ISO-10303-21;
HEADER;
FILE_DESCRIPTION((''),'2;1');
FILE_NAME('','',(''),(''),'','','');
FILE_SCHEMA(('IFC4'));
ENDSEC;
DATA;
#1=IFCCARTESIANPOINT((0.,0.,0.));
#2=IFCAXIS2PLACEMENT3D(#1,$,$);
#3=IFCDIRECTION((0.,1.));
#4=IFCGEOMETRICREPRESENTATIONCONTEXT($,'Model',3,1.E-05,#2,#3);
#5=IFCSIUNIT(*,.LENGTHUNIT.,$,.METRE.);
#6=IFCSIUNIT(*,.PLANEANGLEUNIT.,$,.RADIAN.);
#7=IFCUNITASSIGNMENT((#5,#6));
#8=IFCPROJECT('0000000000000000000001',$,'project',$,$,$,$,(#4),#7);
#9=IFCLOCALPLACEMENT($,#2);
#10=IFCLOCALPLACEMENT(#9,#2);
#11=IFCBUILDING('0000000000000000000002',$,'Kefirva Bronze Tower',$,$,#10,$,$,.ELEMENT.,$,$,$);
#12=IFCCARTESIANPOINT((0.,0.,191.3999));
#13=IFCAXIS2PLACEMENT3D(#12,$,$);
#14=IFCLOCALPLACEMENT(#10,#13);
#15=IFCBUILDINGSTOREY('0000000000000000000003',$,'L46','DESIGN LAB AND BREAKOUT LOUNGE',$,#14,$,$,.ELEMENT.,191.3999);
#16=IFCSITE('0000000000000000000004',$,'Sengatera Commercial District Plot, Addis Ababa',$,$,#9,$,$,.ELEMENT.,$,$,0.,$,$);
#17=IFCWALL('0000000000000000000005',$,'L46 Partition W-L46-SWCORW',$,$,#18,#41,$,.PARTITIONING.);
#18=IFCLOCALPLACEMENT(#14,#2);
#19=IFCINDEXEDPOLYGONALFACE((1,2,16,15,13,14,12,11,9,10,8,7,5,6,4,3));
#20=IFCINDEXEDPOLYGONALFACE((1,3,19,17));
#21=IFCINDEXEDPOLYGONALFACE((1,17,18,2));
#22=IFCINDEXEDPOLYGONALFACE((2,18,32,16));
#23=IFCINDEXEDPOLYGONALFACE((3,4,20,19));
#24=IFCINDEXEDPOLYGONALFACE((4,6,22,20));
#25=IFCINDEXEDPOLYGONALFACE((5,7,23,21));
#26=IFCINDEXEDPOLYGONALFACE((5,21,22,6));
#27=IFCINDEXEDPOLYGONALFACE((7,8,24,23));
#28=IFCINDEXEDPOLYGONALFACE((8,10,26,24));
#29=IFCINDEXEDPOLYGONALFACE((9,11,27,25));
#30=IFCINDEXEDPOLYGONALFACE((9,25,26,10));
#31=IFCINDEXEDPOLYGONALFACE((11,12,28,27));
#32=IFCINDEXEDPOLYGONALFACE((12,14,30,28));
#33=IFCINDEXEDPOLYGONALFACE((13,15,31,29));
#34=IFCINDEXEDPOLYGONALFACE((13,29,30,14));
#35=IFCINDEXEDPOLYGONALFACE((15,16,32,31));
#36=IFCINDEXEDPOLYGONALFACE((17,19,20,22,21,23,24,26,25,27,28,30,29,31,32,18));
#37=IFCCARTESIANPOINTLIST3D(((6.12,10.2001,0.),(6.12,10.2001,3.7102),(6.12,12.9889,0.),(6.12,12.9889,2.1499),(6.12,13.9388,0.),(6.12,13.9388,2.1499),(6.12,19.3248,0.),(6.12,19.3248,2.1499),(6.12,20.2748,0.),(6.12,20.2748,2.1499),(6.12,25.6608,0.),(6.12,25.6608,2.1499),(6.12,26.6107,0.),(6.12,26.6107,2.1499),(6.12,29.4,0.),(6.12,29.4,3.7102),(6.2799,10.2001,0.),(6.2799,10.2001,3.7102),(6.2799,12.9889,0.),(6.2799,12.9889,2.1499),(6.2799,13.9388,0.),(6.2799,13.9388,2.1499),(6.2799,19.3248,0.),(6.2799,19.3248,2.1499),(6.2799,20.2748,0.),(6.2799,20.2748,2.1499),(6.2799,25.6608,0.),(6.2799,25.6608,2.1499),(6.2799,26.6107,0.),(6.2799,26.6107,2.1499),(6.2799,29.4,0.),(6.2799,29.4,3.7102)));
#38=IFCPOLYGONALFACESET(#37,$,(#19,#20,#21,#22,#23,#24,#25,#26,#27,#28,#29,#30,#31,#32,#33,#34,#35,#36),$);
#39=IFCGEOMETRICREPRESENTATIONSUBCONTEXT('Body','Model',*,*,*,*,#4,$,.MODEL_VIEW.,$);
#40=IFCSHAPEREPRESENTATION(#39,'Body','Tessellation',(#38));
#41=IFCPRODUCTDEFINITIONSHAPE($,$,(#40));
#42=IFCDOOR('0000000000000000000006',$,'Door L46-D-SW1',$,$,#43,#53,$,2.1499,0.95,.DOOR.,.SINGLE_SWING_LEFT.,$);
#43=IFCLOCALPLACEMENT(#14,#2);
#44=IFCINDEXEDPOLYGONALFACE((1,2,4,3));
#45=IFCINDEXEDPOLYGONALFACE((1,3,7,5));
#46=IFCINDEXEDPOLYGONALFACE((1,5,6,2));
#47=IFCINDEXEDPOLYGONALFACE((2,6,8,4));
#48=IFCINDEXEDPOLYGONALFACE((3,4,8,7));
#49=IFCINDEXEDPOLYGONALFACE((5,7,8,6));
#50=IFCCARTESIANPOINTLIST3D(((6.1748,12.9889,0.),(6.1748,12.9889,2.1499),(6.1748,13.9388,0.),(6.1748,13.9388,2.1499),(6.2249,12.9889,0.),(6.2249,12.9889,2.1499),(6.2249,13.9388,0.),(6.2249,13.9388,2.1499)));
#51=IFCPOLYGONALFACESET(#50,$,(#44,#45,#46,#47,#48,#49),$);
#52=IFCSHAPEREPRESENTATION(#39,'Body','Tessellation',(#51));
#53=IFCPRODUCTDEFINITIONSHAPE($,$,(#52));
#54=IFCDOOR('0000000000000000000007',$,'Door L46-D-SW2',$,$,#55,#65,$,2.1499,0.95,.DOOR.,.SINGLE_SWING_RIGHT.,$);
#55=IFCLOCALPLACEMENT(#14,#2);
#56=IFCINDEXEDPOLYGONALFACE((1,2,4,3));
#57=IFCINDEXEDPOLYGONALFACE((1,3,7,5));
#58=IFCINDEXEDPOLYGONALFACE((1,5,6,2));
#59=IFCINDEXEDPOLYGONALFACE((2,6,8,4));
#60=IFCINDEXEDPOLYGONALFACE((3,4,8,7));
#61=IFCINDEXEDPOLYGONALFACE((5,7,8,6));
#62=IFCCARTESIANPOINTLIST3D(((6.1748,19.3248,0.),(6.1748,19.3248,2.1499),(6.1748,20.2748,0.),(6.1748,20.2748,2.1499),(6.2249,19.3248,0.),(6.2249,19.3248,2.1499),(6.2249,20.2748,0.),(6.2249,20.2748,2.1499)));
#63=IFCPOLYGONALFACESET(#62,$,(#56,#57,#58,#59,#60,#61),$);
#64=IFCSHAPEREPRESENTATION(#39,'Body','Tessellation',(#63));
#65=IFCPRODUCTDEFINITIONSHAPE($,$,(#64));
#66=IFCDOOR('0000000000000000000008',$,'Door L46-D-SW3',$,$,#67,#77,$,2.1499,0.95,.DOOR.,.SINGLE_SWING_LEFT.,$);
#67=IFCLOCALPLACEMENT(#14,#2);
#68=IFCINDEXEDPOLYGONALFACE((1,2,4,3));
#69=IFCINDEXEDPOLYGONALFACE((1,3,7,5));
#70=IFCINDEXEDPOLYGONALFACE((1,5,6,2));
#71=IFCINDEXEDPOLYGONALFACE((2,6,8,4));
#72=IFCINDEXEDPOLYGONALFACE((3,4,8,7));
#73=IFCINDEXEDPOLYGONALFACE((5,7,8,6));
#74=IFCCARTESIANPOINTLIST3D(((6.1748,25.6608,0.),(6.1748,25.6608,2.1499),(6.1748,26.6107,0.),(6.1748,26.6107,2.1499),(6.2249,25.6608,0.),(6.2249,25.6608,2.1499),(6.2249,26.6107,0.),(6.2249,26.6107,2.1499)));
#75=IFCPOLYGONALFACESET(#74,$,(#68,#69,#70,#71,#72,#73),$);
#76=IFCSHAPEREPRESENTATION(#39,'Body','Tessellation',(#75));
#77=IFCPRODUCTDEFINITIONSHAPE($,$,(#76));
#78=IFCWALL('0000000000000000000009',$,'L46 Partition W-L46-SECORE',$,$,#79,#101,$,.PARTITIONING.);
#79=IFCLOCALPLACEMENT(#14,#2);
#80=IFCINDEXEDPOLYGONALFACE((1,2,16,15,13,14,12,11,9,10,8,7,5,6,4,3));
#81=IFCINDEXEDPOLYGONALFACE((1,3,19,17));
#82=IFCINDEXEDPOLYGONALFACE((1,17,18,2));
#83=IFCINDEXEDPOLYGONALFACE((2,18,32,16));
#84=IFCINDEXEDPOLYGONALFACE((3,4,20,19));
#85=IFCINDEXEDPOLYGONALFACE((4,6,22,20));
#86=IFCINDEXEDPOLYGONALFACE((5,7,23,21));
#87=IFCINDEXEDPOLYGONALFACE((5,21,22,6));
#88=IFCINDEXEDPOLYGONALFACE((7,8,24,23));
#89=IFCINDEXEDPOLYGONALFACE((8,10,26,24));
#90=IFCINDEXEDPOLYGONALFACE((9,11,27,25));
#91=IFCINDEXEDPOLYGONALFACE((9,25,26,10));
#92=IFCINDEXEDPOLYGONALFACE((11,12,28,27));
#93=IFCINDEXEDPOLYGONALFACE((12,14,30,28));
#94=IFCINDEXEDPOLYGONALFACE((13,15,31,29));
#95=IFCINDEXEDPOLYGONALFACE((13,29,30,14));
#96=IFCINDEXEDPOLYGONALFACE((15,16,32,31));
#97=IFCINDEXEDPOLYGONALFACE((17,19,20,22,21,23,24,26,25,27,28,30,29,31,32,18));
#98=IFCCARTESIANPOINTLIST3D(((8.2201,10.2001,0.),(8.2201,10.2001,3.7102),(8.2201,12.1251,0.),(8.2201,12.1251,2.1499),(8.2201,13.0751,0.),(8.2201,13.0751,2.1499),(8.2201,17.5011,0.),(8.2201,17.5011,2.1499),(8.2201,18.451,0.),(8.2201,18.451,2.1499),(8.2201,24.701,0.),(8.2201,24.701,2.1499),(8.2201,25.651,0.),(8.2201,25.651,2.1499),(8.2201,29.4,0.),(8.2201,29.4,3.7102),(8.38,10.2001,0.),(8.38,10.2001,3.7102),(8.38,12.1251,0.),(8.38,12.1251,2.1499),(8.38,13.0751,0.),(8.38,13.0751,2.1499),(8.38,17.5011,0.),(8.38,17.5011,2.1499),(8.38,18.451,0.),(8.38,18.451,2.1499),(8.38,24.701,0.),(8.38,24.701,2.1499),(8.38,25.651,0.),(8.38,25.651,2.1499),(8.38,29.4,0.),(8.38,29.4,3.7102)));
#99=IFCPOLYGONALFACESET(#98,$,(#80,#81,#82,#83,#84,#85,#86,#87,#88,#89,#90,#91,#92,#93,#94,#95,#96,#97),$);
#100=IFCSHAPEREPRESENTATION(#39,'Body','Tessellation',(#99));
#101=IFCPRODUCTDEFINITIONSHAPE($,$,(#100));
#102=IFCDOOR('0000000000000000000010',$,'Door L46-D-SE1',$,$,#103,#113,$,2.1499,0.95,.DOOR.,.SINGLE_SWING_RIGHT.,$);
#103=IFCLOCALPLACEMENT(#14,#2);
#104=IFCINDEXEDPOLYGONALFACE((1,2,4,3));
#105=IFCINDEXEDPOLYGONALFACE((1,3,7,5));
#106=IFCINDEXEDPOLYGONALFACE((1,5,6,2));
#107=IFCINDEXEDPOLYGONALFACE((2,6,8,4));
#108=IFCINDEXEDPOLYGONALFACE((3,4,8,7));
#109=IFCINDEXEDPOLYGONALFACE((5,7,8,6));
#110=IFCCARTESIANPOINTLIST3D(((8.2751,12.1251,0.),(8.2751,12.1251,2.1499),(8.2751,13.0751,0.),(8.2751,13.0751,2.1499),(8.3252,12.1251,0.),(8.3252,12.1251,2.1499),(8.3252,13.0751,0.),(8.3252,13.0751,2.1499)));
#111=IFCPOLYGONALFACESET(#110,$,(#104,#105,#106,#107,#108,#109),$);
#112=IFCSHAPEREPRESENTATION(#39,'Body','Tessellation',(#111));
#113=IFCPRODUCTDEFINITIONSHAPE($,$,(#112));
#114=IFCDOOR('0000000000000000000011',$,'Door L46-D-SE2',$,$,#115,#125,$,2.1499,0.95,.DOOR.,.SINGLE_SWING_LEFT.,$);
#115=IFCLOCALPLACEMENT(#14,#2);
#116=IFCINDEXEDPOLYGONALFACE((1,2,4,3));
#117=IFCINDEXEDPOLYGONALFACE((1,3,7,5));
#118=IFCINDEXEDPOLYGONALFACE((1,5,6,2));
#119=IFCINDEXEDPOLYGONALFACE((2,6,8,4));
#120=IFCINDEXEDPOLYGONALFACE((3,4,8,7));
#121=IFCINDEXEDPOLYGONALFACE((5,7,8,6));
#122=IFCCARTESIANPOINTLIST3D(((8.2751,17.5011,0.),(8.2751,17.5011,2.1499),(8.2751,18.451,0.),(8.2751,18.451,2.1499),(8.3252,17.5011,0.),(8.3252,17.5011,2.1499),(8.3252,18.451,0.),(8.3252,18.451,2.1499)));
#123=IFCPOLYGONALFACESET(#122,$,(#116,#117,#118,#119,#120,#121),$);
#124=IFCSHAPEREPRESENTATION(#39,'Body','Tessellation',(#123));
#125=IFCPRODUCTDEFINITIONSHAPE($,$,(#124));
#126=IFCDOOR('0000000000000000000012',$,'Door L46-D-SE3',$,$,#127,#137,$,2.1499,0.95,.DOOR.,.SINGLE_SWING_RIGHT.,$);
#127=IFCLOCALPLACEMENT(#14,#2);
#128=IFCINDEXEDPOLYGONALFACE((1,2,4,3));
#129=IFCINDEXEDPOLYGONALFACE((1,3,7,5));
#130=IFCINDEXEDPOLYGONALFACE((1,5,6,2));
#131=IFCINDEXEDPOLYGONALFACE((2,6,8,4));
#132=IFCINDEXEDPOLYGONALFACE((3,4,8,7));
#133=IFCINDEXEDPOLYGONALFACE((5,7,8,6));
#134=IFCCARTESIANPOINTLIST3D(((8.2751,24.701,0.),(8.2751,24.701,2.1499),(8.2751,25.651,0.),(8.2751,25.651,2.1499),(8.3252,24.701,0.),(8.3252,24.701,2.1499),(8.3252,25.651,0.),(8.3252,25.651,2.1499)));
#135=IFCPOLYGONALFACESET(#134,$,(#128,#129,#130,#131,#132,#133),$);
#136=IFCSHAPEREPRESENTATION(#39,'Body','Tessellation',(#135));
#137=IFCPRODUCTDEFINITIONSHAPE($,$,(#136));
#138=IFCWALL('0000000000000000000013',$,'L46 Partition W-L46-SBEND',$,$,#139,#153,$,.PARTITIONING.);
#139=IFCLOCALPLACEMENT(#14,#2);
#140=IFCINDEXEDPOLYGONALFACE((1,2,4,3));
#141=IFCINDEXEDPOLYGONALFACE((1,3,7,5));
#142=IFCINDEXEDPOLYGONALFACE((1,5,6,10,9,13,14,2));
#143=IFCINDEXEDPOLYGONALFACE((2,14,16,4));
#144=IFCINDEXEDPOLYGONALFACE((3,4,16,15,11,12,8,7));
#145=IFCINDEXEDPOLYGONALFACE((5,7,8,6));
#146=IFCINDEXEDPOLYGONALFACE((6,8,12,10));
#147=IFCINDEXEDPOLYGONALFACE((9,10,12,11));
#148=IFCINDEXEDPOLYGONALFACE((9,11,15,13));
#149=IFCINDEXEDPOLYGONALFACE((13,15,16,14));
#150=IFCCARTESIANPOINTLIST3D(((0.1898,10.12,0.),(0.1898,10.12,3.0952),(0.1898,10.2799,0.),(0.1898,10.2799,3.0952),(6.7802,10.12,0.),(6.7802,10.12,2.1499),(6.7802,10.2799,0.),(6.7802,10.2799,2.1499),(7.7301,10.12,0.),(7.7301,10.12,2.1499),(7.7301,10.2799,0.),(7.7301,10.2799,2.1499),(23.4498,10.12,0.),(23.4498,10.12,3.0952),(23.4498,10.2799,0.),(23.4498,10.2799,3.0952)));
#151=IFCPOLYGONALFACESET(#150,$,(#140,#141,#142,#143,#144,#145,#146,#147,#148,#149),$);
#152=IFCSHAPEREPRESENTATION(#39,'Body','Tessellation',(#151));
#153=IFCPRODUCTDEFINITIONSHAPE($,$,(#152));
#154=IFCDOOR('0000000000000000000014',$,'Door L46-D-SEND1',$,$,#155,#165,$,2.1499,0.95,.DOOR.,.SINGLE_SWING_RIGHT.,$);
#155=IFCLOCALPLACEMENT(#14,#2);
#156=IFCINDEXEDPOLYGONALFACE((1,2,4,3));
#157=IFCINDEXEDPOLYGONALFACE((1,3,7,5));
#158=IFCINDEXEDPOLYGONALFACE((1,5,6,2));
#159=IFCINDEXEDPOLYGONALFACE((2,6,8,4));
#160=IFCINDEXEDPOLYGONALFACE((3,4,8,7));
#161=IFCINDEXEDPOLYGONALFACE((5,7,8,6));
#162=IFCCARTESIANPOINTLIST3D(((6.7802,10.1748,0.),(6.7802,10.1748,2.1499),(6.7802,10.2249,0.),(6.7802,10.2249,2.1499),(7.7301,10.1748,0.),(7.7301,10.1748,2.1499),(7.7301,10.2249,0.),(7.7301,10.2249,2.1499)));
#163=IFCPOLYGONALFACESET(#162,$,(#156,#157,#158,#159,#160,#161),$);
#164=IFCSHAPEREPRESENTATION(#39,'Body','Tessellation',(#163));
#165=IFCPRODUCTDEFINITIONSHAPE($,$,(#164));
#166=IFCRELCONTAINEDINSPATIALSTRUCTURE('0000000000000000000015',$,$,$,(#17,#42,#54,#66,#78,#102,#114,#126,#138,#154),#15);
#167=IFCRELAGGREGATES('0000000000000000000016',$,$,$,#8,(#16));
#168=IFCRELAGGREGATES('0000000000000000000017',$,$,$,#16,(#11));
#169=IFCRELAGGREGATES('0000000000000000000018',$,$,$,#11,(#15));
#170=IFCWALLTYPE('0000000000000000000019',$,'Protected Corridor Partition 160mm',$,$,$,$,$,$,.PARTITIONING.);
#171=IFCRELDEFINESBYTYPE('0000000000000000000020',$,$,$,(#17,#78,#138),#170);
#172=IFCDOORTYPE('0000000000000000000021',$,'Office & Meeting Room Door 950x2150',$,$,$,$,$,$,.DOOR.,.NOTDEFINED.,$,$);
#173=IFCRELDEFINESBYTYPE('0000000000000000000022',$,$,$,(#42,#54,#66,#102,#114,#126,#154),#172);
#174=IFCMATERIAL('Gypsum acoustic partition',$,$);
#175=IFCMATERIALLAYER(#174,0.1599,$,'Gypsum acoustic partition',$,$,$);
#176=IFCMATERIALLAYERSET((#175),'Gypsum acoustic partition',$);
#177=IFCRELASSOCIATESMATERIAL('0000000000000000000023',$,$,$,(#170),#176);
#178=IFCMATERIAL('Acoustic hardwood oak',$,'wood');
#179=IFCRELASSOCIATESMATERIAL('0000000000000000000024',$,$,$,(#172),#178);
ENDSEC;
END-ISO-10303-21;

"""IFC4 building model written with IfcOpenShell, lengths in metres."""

from ifc_helpers import new_model, si_unit, direction, frame, frame_2d, origin, place, context, subcontext, project, spatial, rectangle, extrude, material, layer, layer_set, type_object, element, fill, save


model = new_model("IFC4")

# Units and contexts
model_context = context("Model", 3, precision=1e-05, world=origin(), true_north=direction((0.0, 1.0)))
body_context = subcontext(model_context, "Body", "Model", "MODEL_VIEW")
ifc_project = project(units=[si_unit("LENGTHUNIT", "METRE"), si_unit("PLANEANGLEUNIT", "RADIAN")], contexts=[model_context])

# Site, building, storey
site_placement = place(None, origin())
site = spatial("IfcSite", under=ifc_project, at=site_placement, Name="Sengatera Commercial District Plot, Addis Ababa", CompositionType="ELEMENT", RefElevation=0.0)
building_placement = place(site_placement, origin())
building = spatial("IfcBuilding", under=site, at=building_placement, Name="Kefirva Bronze Tower", CompositionType="ELEMENT")
storey_placement = place(building_placement, frame((0.0, 0.0, 191.3999)))
storey = spatial("IfcBuildingStorey", under=building, at=storey_placement, Name="L46", Description="DESIGN LAB AND BREAKOUT LOUNGE", CompositionType="ELEMENT", Elevation=191.3999)

# Shared definitions
ifc_material_1 = material(Name="Gypsum acoustic partition")

# Walls, openings, doors
ifc_layer_1 = layer(ifc_material_1, 0.1599, Name="Gypsum acoustic partition")
ifc_layer_set_1 = layer_set([ifc_layer_1], Name="Gypsum acoustic partition")
wall_type_1 = type_object("IfcWallType", Name="Protected Corridor Partition 160mm", PredefinedType="PARTITIONING", material=ifc_layer_set_1)
wall_1_placement = place(storey_placement, frame((6.2, 10.2, 0.0), z_axis=(0.0, 0.0, 1.0), x_axis=(0.0, 1.0, 0.0)))
wall_1 = element("IfcWall", 1, at=wall_1_placement, inside=storey, type_object=wall_type_1, Name="L46 Partition W-L46-SWCORW", PredefinedType="PARTITIONING", context=body_context, shape_type="SweptSolid", body=[
    extrude(rectangle(XDim=19.2, YDim=0.1599, at=frame_2d((9.6001, 0.0))), origin(), (0.0, 0.0, 1.0), 3.7102),
])
opening_1_placement = place(wall_1_placement, frame((3.739, 0.0, 0.0), z_axis=(0.0, 0.0, 1.0), x_axis=(-1.0, 0.0, 0.0)))
opening_1 = element("IfcOpeningElement", 2, at=opening_1_placement, cuts=wall_1, PredefinedType="OPENING", context=body_context, shape_type="SweptSolid", body=[
    extrude(rectangle(XDim=0.95, YDim=2.1499, at=frame_2d((0.4751, 1.075))), frame((0.0, 0.0898, 0.0), z_axis=(0.0, -1.0, 0.0), x_axis=(1.0, 0.0, 0.0)), (0.0, 0.0, 1.0), 0.1799),
])
opening_2_placement = place(wall_1_placement, frame((10.075, 0.0, 0.0), z_axis=(0.0, 0.0, 1.0), x_axis=(-1.0, 0.0, 0.0)))
opening_2 = element("IfcOpeningElement", 3, at=opening_2_placement, cuts=wall_1, PredefinedType="OPENING", context=body_context, shape_type="SweptSolid", body=[
    extrude(rectangle(XDim=0.95, YDim=2.1499, at=frame_2d((0.4751, 1.075))), frame((0.0, 0.0898, 0.0), z_axis=(0.0, -1.0, 0.0), x_axis=(1.0, 0.0, 0.0)), (0.0, 0.0, 1.0), 0.1799),
])
opening_3_placement = place(wall_1_placement, frame((16.4109, 0.0, 0.0), z_axis=(0.0, 0.0, 1.0), x_axis=(-1.0, 0.0, 0.0)))
opening_3 = element("IfcOpeningElement", 4, at=opening_3_placement, cuts=wall_1, PredefinedType="OPENING", context=body_context, shape_type="SweptSolid", body=[
    extrude(rectangle(XDim=0.95, YDim=2.1499, at=frame_2d((0.4751, 1.075))), frame((0.0, 0.0898, 0.0), z_axis=(0.0, -1.0, 0.0), x_axis=(1.0, 0.0, 0.0)), (0.0, 0.0, 1.0), 0.1799),
])
ifc_material_2 = material(Name="Acoustic hardwood oak", Category="wood")
door_type = type_object("IfcDoorType", Name="Office & Meeting Room Door 950x2150", OperationType="NOTDEFINED", PredefinedType="DOOR", material=ifc_material_2)
door_1_placement = place(opening_1_placement, origin())
door_1 = element("IfcDoor", 5, at=door_1_placement, inside=storey, type_object=door_type, Name="Door L46-D-SW1", OperationType="SINGLE_SWING_LEFT", OverallHeight=2.1499, OverallWidth=0.95, PredefinedType="DOOR", context=body_context, shape_type="SweptSolid", body=[
    extrude(rectangle(XDim=0.95, YDim=2.1499, at=frame_2d((0.4751, 1.075))), frame((0.0, 0.0249, 0.0), z_axis=(0.0, -1.0, 0.0), x_axis=(1.0, 0.0, 0.0)), (0.0, 0.0, 1.0), 0.05),
])
fill(opening_1, door_1)
door_2_placement = place(opening_2_placement, origin())
door_2 = element("IfcDoor", 6, at=door_2_placement, inside=storey, type_object=door_type, Name="Door L46-D-SW2", OperationType="SINGLE_SWING_RIGHT", OverallHeight=2.1499, OverallWidth=0.95, PredefinedType="DOOR", context=body_context, shape_type="SweptSolid", body=[
    extrude(rectangle(XDim=0.95, YDim=2.1499, at=frame_2d((0.4751, 1.075))), frame((0.0, 0.0249, 0.0), z_axis=(0.0, -1.0, 0.0), x_axis=(1.0, 0.0, 0.0)), (0.0, 0.0, 1.0), 0.05),
])
fill(opening_2, door_2)
door_3_placement = place(opening_3_placement, origin())
door_3 = element("IfcDoor", 7, at=door_3_placement, inside=storey, type_object=door_type, Name="Door L46-D-SW3", OperationType="SINGLE_SWING_LEFT", OverallHeight=2.1499, OverallWidth=0.95, PredefinedType="DOOR", context=body_context, shape_type="SweptSolid", body=[
    extrude(rectangle(XDim=0.95, YDim=2.1499, at=frame_2d((0.4751, 1.075))), frame((0.0, 0.0249, 0.0), z_axis=(0.0, -1.0, 0.0), x_axis=(1.0, 0.0, 0.0)), (0.0, 0.0, 1.0), 0.05),
])
fill(opening_3, door_3)
wall_2_placement = place(storey_placement, frame((8.3, 10.2, 0.0), z_axis=(0.0, 0.0, 1.0), x_axis=(0.0, 1.0, 0.0)))
wall_2 = element("IfcWall", 8, at=wall_2_placement, inside=storey, type_object=wall_type_1, Name="L46 Partition W-L46-SECORE", PredefinedType="PARTITIONING", context=body_context, shape_type="SweptSolid", body=[
    extrude(rectangle(XDim=19.2, YDim=0.1599, at=frame_2d((9.6001, 0.0))), origin(), (0.0, 0.0, 1.0), 3.7102),
])
opening_4_placement = place(wall_2_placement, frame((1.925, 0.0, 0.0)))
opening_4 = element("IfcOpeningElement", 9, at=opening_4_placement, cuts=wall_2, PredefinedType="OPENING", context=body_context, shape_type="SweptSolid", body=[
    extrude(rectangle(XDim=0.95, YDim=2.1499, at=frame_2d((0.4751, 1.075))), frame((0.0, 0.0898, 0.0), z_axis=(0.0, -1.0, 0.0), x_axis=(1.0, 0.0, 0.0)), (0.0, 0.0, 1.0), 0.1799),
])
opening_5_placement = place(wall_2_placement, frame((7.301, 0.0, 0.0)))
opening_5 = element("IfcOpeningElement", 10, at=opening_5_placement, cuts=wall_2, PredefinedType="OPENING", context=body_context, shape_type="SweptSolid", body=[
    extrude(rectangle(XDim=0.95, YDim=2.1499, at=frame_2d((0.4751, 1.075))), frame((0.0, 0.0898, 0.0), z_axis=(0.0, -1.0, 0.0), x_axis=(1.0, 0.0, 0.0)), (0.0, 0.0, 1.0), 0.1799),
])
opening_6_placement = place(wall_2_placement, frame((14.501, 0.0, 0.0)))
opening_6 = element("IfcOpeningElement", 11, at=opening_6_placement, cuts=wall_2, PredefinedType="OPENING", context=body_context, shape_type="SweptSolid", body=[
    extrude(rectangle(XDim=0.95, YDim=2.1499, at=frame_2d((0.4751, 1.075))), frame((0.0, 0.0898, 0.0), z_axis=(0.0, -1.0, 0.0), x_axis=(1.0, 0.0, 0.0)), (0.0, 0.0, 1.0), 0.1799),
])
door_4_placement = place(opening_4_placement, origin())
door_4 = element("IfcDoor", 12, at=door_4_placement, inside=storey, type_object=door_type, Name="Door L46-D-SE1", OperationType="SINGLE_SWING_RIGHT", OverallHeight=2.1499, OverallWidth=0.95, PredefinedType="DOOR", context=body_context, shape_type="SweptSolid", body=[
    extrude(rectangle(XDim=0.95, YDim=2.1499, at=frame_2d((0.4751, 1.075))), frame((0.0, 0.0249, 0.0), z_axis=(0.0, -1.0, 0.0), x_axis=(1.0, 0.0, 0.0)), (0.0, 0.0, 1.0), 0.05),
])
fill(opening_4, door_4)
door_5_placement = place(opening_5_placement, origin())
door_5 = element("IfcDoor", 13, at=door_5_placement, inside=storey, type_object=door_type, Name="Door L46-D-SE2", OperationType="SINGLE_SWING_LEFT", OverallHeight=2.1499, OverallWidth=0.95, PredefinedType="DOOR", context=body_context, shape_type="SweptSolid", body=[
    extrude(rectangle(XDim=0.95, YDim=2.1499, at=frame_2d((0.4751, 1.075))), frame((0.0, 0.0249, 0.0), z_axis=(0.0, -1.0, 0.0), x_axis=(1.0, 0.0, 0.0)), (0.0, 0.0, 1.0), 0.05),
])
fill(opening_5, door_5)
door_6_placement = place(opening_6_placement, origin())
door_6 = element("IfcDoor", 14, at=door_6_placement, inside=storey, type_object=door_type, Name="Door L46-D-SE3", OperationType="SINGLE_SWING_RIGHT", OverallHeight=2.1499, OverallWidth=0.95, PredefinedType="DOOR", context=body_context, shape_type="SweptSolid", body=[
    extrude(rectangle(XDim=0.95, YDim=2.1499, at=frame_2d((0.4751, 1.075))), frame((0.0, 0.0249, 0.0), z_axis=(0.0, -1.0, 0.0), x_axis=(1.0, 0.0, 0.0)), (0.0, 0.0, 1.0), 0.05),
])
fill(opening_6, door_6)

# Wall, opening, door
wall_3_placement = place(storey_placement, frame((0.1899, 10.2, 0.0), z_axis=(0.0, 0.0, 1.0), x_axis=(1.0, 0.0, 0.0)))
wall_3 = element("IfcWall", 15, at=wall_3_placement, inside=storey, type_object=wall_type_1, Name="L46 Partition W-L46-SBEND", PredefinedType="PARTITIONING", context=body_context, shape_type="SweptSolid", body=[
    extrude(rectangle(XDim=23.26, YDim=0.1599, at=frame_2d((11.6299, 0.0))), origin(), (0.0, 0.0, 1.0), 3.0952),
])
opening_7_placement = place(wall_3_placement, frame((6.5901, 0.0, 0.0)))
opening_7 = element("IfcOpeningElement", 16, at=opening_7_placement, cuts=wall_3, PredefinedType="OPENING", context=body_context, shape_type="SweptSolid", body=[
    extrude(rectangle(XDim=0.95, YDim=2.1499, at=frame_2d((0.4751, 1.075))), frame((0.0, 0.0898, 0.0), z_axis=(0.0, -1.0, 0.0), x_axis=(1.0, 0.0, 0.0)), (0.0, 0.0, 1.0), 0.1799),
])
door_7_placement = place(opening_7_placement, origin())
door_7 = element("IfcDoor", 17, at=door_7_placement, inside=storey, type_object=door_type, Name="Door L46-D-SEND1", OperationType="SINGLE_SWING_RIGHT", OverallHeight=2.1499, OverallWidth=0.95, PredefinedType="DOOR", context=body_context, shape_type="SweptSolid", body=[
    extrude(rectangle(XDim=0.95, YDim=2.1499, at=frame_2d((0.4751, 1.075))), frame((0.0, 0.0249, 0.0), z_axis=(0.0, -1.0, 0.0), x_axis=(1.0, 0.0, 0.0)), (0.0, 0.0, 1.0), 0.05),
])
fill(opening_7, door_7)

save(model, "model.ifc")
